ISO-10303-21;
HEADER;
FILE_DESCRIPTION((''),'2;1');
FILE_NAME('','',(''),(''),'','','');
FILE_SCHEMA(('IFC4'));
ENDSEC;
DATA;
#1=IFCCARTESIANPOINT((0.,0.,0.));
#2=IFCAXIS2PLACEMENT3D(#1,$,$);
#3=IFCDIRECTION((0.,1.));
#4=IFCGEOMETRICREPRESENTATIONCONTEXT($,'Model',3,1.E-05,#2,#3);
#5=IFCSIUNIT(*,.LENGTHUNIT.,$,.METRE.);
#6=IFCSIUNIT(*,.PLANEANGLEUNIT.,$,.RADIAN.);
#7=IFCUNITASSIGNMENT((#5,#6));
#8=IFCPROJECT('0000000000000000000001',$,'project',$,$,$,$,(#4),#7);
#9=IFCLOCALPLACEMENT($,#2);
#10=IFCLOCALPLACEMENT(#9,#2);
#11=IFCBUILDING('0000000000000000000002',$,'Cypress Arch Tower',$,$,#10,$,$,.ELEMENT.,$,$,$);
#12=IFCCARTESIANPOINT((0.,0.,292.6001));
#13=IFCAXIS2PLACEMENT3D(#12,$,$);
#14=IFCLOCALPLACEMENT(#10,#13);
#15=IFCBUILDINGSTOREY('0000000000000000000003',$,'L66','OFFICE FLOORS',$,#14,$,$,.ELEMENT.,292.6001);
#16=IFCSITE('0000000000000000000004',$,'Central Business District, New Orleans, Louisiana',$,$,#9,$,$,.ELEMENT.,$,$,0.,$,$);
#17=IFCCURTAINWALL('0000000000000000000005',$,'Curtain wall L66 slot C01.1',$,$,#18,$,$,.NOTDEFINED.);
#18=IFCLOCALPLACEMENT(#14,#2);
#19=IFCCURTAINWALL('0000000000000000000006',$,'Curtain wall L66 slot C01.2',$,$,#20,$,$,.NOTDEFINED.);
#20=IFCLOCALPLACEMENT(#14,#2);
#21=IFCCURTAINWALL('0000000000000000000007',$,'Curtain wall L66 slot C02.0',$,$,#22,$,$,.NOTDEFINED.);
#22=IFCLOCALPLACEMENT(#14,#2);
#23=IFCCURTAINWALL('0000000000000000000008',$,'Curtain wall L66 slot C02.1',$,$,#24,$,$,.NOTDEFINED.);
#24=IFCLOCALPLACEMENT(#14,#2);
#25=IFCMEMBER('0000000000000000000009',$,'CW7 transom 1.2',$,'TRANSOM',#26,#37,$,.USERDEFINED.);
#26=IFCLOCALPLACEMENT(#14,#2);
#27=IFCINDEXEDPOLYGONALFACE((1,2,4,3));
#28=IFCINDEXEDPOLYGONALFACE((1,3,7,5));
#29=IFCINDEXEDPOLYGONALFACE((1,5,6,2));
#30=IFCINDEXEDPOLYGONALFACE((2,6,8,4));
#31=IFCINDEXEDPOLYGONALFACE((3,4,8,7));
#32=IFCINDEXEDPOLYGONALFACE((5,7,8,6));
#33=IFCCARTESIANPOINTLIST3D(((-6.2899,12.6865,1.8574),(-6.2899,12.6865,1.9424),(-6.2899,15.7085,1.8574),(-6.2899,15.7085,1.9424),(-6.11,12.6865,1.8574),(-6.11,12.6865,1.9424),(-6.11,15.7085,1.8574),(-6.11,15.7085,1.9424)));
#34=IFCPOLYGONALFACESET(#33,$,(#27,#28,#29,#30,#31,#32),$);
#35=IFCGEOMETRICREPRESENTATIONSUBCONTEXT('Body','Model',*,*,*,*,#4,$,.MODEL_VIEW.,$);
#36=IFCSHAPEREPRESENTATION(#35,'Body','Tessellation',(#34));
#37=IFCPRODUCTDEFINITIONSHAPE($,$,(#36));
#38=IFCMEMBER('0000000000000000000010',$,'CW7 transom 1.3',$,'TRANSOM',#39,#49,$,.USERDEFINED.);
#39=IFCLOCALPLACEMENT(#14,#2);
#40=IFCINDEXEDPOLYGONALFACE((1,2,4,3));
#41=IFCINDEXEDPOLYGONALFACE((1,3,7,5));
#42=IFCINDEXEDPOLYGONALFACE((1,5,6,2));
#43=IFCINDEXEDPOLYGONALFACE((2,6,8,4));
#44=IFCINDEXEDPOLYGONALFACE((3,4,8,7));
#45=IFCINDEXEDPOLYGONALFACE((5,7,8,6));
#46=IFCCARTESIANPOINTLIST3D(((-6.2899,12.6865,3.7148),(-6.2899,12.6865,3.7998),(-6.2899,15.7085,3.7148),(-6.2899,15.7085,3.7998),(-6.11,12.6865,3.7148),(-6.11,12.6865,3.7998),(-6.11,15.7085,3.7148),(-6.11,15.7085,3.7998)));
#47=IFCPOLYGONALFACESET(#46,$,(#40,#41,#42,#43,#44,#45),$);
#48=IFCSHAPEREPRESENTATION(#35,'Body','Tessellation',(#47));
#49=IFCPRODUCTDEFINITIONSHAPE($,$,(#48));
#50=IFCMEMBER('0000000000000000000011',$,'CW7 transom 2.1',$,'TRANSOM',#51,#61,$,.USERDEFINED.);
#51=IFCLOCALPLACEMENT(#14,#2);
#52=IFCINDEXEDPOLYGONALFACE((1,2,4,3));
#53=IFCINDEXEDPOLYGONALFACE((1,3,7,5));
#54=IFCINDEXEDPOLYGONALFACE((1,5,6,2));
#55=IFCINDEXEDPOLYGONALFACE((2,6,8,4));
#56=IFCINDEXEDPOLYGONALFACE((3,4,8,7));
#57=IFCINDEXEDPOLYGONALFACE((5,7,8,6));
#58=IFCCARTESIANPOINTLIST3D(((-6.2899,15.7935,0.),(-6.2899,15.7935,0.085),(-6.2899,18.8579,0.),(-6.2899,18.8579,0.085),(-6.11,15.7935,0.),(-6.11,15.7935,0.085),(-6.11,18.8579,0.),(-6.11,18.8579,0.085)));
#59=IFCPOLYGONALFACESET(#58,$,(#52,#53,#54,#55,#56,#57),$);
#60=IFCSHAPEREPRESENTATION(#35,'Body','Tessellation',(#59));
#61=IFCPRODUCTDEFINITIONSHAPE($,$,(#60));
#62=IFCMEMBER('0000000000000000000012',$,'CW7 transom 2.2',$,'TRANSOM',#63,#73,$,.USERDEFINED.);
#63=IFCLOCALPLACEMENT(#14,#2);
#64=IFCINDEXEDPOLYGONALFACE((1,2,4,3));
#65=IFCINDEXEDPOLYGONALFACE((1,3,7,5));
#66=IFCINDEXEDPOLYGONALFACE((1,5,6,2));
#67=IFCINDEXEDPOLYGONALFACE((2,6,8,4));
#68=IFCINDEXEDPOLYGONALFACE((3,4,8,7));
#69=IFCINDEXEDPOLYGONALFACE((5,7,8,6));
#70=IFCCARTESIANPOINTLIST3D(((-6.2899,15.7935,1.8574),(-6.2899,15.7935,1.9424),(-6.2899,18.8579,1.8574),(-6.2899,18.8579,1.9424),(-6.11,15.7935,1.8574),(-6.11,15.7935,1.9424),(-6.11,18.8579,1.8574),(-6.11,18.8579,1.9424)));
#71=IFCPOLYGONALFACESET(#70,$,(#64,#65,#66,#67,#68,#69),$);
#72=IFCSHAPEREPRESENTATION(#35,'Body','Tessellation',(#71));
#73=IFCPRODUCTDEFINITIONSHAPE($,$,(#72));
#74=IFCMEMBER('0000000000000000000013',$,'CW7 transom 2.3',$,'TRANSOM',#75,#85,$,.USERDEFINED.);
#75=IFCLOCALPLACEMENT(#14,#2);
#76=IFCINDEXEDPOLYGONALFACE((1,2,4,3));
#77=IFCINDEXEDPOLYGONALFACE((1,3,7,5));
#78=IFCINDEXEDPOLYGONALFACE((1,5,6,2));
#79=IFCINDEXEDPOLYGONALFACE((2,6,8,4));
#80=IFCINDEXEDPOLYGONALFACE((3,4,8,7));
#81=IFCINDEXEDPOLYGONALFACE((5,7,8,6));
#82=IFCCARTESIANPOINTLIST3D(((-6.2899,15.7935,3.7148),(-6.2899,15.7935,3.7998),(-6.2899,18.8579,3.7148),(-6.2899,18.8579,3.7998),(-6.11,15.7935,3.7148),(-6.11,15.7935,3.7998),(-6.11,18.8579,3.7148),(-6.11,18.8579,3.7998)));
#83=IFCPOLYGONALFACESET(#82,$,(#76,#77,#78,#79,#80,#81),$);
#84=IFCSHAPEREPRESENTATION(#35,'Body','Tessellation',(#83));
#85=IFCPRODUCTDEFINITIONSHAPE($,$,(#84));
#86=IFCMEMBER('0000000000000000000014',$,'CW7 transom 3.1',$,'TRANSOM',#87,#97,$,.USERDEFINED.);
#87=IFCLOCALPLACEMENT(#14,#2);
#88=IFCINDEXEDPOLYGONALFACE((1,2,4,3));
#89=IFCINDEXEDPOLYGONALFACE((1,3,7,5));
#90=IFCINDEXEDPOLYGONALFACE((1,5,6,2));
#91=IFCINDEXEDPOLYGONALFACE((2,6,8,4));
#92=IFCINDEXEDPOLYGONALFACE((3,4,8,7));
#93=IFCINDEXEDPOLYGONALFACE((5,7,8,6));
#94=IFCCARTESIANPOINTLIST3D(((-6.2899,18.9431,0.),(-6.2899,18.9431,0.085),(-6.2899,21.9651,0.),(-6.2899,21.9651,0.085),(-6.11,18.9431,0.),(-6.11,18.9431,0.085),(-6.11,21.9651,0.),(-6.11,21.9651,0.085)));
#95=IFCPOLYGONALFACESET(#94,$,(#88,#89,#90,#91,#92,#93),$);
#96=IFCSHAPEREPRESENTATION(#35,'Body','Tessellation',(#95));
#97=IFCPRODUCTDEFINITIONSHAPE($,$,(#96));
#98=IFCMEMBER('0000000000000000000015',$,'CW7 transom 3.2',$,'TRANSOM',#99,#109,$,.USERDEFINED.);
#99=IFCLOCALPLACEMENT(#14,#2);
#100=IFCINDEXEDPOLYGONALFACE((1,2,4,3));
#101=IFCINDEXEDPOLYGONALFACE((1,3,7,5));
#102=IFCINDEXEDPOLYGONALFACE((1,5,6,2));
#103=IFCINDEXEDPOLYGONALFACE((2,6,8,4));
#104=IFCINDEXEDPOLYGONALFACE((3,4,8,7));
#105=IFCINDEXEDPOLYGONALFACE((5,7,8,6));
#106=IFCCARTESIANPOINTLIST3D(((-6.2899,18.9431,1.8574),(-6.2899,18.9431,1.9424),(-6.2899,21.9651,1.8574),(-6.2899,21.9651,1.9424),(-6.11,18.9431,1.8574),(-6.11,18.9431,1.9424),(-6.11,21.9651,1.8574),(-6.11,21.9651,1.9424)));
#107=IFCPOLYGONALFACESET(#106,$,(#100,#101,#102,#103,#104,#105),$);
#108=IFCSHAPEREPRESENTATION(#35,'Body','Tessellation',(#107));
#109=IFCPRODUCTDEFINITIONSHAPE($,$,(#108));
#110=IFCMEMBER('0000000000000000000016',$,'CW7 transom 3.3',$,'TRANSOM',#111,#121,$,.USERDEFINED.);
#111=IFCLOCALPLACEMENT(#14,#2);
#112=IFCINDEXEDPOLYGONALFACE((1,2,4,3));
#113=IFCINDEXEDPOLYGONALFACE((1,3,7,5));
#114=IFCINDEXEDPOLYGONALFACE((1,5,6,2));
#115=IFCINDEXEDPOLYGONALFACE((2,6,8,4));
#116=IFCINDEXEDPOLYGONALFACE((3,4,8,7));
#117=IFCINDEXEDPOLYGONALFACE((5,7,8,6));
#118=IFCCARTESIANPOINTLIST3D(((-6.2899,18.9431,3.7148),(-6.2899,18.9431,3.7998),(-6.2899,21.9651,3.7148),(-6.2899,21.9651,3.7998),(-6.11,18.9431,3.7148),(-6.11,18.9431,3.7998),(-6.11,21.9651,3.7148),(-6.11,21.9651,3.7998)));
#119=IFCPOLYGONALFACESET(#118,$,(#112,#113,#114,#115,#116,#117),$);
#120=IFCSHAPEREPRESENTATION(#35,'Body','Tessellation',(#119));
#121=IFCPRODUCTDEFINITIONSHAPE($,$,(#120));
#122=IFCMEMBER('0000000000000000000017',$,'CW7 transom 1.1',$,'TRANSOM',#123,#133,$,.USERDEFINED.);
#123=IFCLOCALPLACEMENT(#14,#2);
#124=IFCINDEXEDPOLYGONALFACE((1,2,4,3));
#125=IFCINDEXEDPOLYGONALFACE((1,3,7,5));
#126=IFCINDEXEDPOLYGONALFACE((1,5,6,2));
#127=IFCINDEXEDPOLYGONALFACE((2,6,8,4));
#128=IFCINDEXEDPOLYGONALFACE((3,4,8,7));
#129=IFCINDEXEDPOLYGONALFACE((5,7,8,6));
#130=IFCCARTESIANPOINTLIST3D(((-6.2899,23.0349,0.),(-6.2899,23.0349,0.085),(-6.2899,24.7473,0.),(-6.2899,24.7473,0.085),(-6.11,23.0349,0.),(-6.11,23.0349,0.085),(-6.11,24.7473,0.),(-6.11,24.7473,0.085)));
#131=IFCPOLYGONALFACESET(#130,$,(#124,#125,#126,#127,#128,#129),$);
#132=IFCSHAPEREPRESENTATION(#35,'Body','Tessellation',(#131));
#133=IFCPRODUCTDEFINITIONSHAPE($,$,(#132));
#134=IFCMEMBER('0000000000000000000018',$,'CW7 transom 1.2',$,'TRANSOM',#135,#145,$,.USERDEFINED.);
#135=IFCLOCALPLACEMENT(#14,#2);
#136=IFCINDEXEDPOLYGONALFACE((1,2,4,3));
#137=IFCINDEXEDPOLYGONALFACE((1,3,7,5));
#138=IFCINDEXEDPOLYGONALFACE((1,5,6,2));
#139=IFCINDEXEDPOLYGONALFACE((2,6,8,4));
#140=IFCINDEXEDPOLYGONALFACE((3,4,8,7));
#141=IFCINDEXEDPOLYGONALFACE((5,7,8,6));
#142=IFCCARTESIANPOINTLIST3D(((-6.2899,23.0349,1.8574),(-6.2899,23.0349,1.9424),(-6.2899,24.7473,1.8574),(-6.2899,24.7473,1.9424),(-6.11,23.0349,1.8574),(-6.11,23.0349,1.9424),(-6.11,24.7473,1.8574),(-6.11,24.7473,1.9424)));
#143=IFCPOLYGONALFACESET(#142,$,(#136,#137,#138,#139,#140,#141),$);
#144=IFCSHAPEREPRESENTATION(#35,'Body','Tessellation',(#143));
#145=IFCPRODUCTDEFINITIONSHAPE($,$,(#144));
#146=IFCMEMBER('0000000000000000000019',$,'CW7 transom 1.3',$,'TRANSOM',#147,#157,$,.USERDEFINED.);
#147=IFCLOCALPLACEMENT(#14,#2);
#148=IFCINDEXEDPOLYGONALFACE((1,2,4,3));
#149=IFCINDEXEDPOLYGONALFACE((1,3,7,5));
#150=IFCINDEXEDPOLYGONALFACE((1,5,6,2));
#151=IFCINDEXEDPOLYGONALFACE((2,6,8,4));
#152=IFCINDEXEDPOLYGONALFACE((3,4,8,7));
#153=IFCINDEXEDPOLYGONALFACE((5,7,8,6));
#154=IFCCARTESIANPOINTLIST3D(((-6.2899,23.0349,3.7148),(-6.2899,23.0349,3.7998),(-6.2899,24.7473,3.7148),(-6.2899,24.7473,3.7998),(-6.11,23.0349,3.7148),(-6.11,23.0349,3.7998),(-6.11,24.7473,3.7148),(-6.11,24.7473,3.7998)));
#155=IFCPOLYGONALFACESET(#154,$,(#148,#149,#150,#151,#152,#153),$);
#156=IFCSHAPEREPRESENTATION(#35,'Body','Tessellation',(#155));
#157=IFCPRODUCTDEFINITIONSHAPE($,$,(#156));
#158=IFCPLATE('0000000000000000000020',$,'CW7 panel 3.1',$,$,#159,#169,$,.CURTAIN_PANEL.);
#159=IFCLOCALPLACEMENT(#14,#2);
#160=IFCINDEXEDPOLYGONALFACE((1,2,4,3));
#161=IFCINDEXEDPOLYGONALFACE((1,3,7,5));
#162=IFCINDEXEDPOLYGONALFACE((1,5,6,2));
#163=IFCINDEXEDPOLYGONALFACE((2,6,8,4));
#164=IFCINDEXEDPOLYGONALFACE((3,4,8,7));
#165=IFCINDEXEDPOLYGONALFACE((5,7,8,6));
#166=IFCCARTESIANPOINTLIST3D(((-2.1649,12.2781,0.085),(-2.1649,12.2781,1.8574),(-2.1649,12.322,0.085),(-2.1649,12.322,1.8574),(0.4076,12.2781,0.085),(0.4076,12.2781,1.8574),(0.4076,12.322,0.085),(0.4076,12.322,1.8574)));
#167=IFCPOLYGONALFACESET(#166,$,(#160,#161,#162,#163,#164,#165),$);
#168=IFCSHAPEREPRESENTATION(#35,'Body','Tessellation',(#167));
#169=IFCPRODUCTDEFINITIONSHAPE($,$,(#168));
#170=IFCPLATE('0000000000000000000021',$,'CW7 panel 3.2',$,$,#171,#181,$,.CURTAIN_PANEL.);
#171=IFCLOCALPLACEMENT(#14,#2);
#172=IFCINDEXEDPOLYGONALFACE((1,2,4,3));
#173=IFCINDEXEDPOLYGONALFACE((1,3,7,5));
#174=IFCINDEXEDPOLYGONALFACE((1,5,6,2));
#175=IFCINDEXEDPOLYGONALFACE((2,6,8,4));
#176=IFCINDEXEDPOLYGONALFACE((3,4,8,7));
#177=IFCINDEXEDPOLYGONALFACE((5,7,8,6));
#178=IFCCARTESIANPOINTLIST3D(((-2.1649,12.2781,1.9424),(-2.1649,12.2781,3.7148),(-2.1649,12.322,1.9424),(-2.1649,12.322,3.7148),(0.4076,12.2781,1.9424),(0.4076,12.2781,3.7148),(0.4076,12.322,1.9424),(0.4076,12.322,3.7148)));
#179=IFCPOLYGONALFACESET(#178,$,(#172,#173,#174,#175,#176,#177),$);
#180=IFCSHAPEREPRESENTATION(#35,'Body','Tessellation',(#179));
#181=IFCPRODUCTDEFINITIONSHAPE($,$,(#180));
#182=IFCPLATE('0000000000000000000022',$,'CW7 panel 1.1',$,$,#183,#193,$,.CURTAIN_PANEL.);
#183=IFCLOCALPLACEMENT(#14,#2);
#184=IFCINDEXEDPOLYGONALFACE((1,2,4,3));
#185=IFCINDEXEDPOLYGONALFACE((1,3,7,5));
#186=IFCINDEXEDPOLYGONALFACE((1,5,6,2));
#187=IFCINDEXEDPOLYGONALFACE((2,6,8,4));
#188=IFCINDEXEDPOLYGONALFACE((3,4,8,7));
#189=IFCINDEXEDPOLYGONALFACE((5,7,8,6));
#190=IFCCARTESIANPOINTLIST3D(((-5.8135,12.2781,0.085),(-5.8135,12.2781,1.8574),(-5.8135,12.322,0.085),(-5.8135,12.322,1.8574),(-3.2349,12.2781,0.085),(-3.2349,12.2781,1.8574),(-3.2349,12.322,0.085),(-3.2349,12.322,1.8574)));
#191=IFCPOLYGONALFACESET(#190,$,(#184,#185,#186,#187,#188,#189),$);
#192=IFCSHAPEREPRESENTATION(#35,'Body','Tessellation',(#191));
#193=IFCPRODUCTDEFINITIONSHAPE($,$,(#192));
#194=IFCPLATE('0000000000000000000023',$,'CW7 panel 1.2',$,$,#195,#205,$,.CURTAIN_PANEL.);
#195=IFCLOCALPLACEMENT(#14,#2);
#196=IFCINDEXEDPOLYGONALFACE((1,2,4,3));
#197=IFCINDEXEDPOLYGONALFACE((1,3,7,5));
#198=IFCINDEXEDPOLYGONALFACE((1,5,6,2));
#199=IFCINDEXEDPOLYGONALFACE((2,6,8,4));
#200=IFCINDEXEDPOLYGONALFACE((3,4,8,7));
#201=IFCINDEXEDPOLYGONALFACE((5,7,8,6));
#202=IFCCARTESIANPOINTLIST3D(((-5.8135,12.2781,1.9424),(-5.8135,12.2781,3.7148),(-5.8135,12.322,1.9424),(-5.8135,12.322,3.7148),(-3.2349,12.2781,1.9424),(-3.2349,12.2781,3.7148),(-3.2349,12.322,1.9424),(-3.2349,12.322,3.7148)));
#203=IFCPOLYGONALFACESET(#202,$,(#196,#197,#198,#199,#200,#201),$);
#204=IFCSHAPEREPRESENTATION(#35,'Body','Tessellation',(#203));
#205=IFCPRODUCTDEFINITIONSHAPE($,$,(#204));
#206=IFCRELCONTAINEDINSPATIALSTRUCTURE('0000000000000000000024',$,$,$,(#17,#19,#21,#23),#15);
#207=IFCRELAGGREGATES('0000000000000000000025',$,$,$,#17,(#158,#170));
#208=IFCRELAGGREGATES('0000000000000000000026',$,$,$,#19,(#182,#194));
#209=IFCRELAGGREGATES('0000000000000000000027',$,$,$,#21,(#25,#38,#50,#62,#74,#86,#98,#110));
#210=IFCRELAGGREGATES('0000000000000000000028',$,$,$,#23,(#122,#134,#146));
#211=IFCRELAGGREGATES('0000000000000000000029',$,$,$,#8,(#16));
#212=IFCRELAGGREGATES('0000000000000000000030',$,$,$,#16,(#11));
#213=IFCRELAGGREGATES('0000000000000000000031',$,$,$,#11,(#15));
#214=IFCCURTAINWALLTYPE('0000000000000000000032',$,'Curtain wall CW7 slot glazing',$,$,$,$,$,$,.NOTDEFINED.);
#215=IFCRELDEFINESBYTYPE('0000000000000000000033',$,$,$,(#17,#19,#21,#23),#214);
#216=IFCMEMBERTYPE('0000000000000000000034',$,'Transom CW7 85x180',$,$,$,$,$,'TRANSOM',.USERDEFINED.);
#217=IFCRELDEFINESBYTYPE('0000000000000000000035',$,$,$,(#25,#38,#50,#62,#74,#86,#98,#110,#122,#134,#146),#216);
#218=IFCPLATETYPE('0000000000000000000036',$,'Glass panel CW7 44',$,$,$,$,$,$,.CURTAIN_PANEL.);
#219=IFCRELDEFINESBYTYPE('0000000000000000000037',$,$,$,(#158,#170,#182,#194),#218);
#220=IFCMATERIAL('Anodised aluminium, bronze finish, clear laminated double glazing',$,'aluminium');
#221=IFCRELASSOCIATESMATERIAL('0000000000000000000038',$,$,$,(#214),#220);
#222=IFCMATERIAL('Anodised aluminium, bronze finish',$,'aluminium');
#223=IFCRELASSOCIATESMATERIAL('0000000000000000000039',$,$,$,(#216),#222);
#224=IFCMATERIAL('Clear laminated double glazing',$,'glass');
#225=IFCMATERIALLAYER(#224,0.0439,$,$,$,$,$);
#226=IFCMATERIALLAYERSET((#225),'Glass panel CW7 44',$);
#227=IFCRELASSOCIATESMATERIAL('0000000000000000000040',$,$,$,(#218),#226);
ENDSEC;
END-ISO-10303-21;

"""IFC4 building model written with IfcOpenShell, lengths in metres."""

from ifc_helpers import new_model, si_unit, direction, frame, origin, origin_2d, place, context, subcontext, project, spatial, rectangle, extrude, material, layer, layer_set, material_profile, profile_set, type_object, element, aggregate, save


model = new_model("IFC4")

# Units and contexts
model_context = context("Model", 3, precision=1e-05, world=origin(), true_north=direction((0.0, 1.0)))
body_context = subcontext(model_context, "Body", "Model", "MODEL_VIEW")
ifc_project = project(units=[si_unit("LENGTHUNIT", "METRE"), si_unit("PLANEANGLEUNIT", "RADIAN")], contexts=[model_context])

# Site, building, storey
site_placement = place(None, origin())
site = spatial("IfcSite", under=ifc_project, at=site_placement, Name="Central Business District, New Orleans, Louisiana", CompositionType="ELEMENT", RefElevation=0.0)
building_placement = place(site_placement, origin())
building = spatial("IfcBuilding", under=site, at=building_placement, Name="Cypress Arch Tower", CompositionType="ELEMENT")
storey_placement = place(building_placement, frame((0.0, 0.0, 292.6001)))
storey = spatial("IfcBuildingStorey", under=building, at=storey_placement, Name="L66", Description="OFFICE FLOORS", CompositionType="ELEMENT", Elevation=292.6001)

# Curtain wall
ifc_material_1 = material(Name="Anodised aluminium, bronze finish, clear laminated double glazing", Category="aluminium")
curtain_wall_type = type_object("IfcCurtainWallType", Name="Curtain wall CW7 slot glazing", PredefinedType="NOTDEFINED", material=ifc_material_1)
curtain_wall_1_placement = place(storey_placement, origin())
curtain_wall_1 = element("IfcCurtainWall", 1, at=curtain_wall_1_placement, inside=storey, type_object=curtain_wall_type, Name="Curtain wall L66 slot C01.1", PredefinedType="NOTDEFINED")

# Curtain walls
curtain_wall_2_placement = place(storey_placement, origin())
curtain_wall_2 = element("IfcCurtainWall", 2, at=curtain_wall_2_placement, inside=storey, type_object=curtain_wall_type, Name="Curtain wall L66 slot C01.2", PredefinedType="NOTDEFINED")
curtain_wall_3_placement = place(storey_placement, origin())
curtain_wall_3 = element("IfcCurtainWall", 3, at=curtain_wall_3_placement, inside=storey, type_object=curtain_wall_type, Name="Curtain wall L66 slot C02.0", PredefinedType="NOTDEFINED")
curtain_wall_4_placement = place(storey_placement, origin())
curtain_wall_4 = element("IfcCurtainWall", 4, at=curtain_wall_4_placement, inside=storey, type_object=curtain_wall_type, Name="Curtain wall L66 slot C02.1", PredefinedType="NOTDEFINED")

# Members
ifc_material_2 = material(Name="Anodised aluminium, bronze finish", Category="aluminium")
ifc_material_profile_1 = material_profile(ifc_material_2, rectangle(XDim=0.1799, YDim=0.085, at=origin_2d()), Name="Transom 85x180")
ifc_profile_set_1 = profile_set([ifc_material_profile_1], Name="Anodised aluminium, bronze finish")
member_type_1 = type_object("IfcMemberType", Name="Transom CW7 85x180", ElementType="TRANSOM", PredefinedType="USERDEFINED", material=ifc_profile_set_1)
member_1_placement = place(storey_placement, frame((-6.2, 12.6865, 1.8999), z_axis=(0.0, 1.0, 0.0), x_axis=(-1.0, 0.0, 0.0)))
member_1 = element("IfcMember", 5, at=member_1_placement, type_object=member_type_1, Name="CW7 transom 1.2", ObjectType="TRANSOM", PredefinedType="USERDEFINED", context=body_context, shape_type="SweptSolid", body=[
    extrude(rectangle(XDim=0.1799, YDim=0.085, at=origin_2d()), origin(), (0.0, 0.0, 1.0), 3.022),
])
member_2_placement = place(storey_placement, frame((-6.2, 12.6865, 3.7573), z_axis=(0.0, 1.0, 0.0), x_axis=(-1.0, 0.0, 0.0)))
member_2 = element("IfcMember", 6, at=member_2_placement, type_object=member_type_1, Name="CW7 transom 1.3", ObjectType="TRANSOM", PredefinedType="USERDEFINED", context=body_context, shape_type="SweptSolid", body=[
    extrude(rectangle(XDim=0.1799, YDim=0.085, at=origin_2d()), origin(), (0.0, 0.0, 1.0), 3.022),
])
member_3_placement = place(storey_placement, frame((-6.2, 15.7935, 0.0425), z_axis=(0.0, 1.0, 0.0), x_axis=(-1.0, 0.0, 0.0)))
member_3 = element("IfcMember", 7, at=member_3_placement, type_object=member_type_1, Name="CW7 transom 2.1", ObjectType="TRANSOM", PredefinedType="USERDEFINED", context=body_context, shape_type="SweptSolid", body=[
    extrude(rectangle(XDim=0.1799, YDim=0.085, at=origin_2d()), origin(), (0.0, 0.0, 1.0), 3.0645),
])
member_4_placement = place(storey_placement, frame((-6.2, 15.7935, 1.8999), z_axis=(0.0, 1.0, 0.0), x_axis=(-1.0, 0.0, 0.0)))
member_4 = element("IfcMember", 8, at=member_4_placement, type_object=member_type_1, Name="CW7 transom 2.2", ObjectType="TRANSOM", PredefinedType="USERDEFINED", context=body_context, shape_type="SweptSolid", body=[
    extrude(rectangle(XDim=0.1799, YDim=0.085, at=origin_2d()), origin(), (0.0, 0.0, 1.0), 3.0645),
])
member_5_placement = place(storey_placement, frame((-6.2, 15.7935, 3.7573), z_axis=(0.0, 1.0, 0.0), x_axis=(-1.0, 0.0, 0.0)))
member_5 = element("IfcMember", 9, at=member_5_placement, type_object=member_type_1, Name="CW7 transom 2.3", ObjectType="TRANSOM", PredefinedType="USERDEFINED", context=body_context, shape_type="SweptSolid", body=[
    extrude(rectangle(XDim=0.1799, YDim=0.085, at=origin_2d()), origin(), (0.0, 0.0, 1.0), 3.0645),
])
member_6_placement = place(storey_placement, frame((-6.2, 18.9431, 0.0425), z_axis=(0.0, 1.0, 0.0), x_axis=(-1.0, 0.0, 0.0)))
member_6 = element("IfcMember", 10, at=member_6_placement, type_object=member_type_1, Name="CW7 transom 3.1", ObjectType="TRANSOM", PredefinedType="USERDEFINED", context=body_context, shape_type="SweptSolid", body=[
    extrude(rectangle(XDim=0.1799, YDim=0.085, at=origin_2d()), origin(), (0.0, 0.0, 1.0), 3.022),
])
member_7_placement = place(storey_placement, frame((-6.2, 18.9431, 1.8999), z_axis=(0.0, 1.0, 0.0), x_axis=(-1.0, 0.0, 0.0)))
member_7 = element("IfcMember", 11, at=member_7_placement, type_object=member_type_1, Name="CW7 transom 3.2", ObjectType="TRANSOM", PredefinedType="USERDEFINED", context=body_context, shape_type="SweptSolid", body=[
    extrude(rectangle(XDim=0.1799, YDim=0.085, at=origin_2d()), origin(), (0.0, 0.0, 1.0), 3.022),
])
member_8_placement = place(storey_placement, frame((-6.2, 18.9431, 3.7573), z_axis=(0.0, 1.0, 0.0), x_axis=(-1.0, 0.0, 0.0)))
member_8 = element("IfcMember", 12, at=member_8_placement, type_object=member_type_1, Name="CW7 transom 3.3", ObjectType="TRANSOM", PredefinedType="USERDEFINED", context=body_context, shape_type="SweptSolid", body=[
    extrude(rectangle(XDim=0.1799, YDim=0.085, at=origin_2d()), origin(), (0.0, 0.0, 1.0), 3.022),
])
member_9_placement = place(storey_placement, frame((-6.2, 23.0349, 0.0425), z_axis=(0.0, 1.0, 0.0), x_axis=(-1.0, 0.0, 0.0)))
member_9 = element("IfcMember", 13, at=member_9_placement, type_object=member_type_1, Name="CW7 transom 1.1", ObjectType="TRANSOM", PredefinedType="USERDEFINED", context=body_context, shape_type="SweptSolid", body=[
    extrude(rectangle(XDim=0.1799, YDim=0.085, at=origin_2d()), origin(), (0.0, 0.0, 1.0), 1.7124),
])
member_10_placement = place(storey_placement, frame((-6.2, 23.0349, 1.8999), z_axis=(0.0, 1.0, 0.0), x_axis=(-1.0, 0.0, 0.0)))
member_10 = element("IfcMember", 14, at=member_10_placement, type_object=member_type_1, Name="CW7 transom 1.2", ObjectType="TRANSOM", PredefinedType="USERDEFINED", context=body_context, shape_type="SweptSolid", body=[
    extrude(rectangle(XDim=0.1799, YDim=0.085, at=origin_2d()), origin(), (0.0, 0.0, 1.0), 1.7124),
])
member_11_placement = place(storey_placement, frame((-6.2, 23.0349, 3.7573), z_axis=(0.0, 1.0, 0.0), x_axis=(-1.0, 0.0, 0.0)))
member_11 = element("IfcMember", 15, at=member_11_placement, type_object=member_type_1, Name="CW7 transom 1.3", ObjectType="TRANSOM", PredefinedType="USERDEFINED", context=body_context, shape_type="SweptSolid", body=[
    extrude(rectangle(XDim=0.1799, YDim=0.085, at=origin_2d()), origin(), (0.0, 0.0, 1.0), 1.7124),
])

# Plates
ifc_material_3 = material(Name="Clear laminated double glazing", Category="glass")
ifc_layer_1 = layer(ifc_material_3, 0.0439)
ifc_layer_set_1 = layer_set([ifc_layer_1], Name="Glass panel CW7 44")
plate_type = type_object("IfcPlateType", Name="Glass panel CW7 44", PredefinedType="CURTAIN_PANEL", material=ifc_layer_set_1)
plate_1_placement = place(storey_placement, frame((-0.8787, 12.3, 0.085), z_axis=(0.0, 0.0, 1.0), x_axis=(-1.0, 0.0, 0.0)))
plate_1 = element("IfcPlate", 16, at=plate_1_placement, type_object=plate_type, Name="CW7 panel 3.1", PredefinedType="CURTAIN_PANEL", context=body_context, shape_type="SweptSolid", body=[
    extrude(rectangle(XDim=2.5725, YDim=0.0439, at=origin_2d()), origin(), (0.0, 0.0, 1.0), 1.7725),
])
plate_2_placement = place(storey_placement, frame((-0.8787, 12.3, 1.9424), z_axis=(0.0, 0.0, 1.0), x_axis=(-1.0, 0.0, 0.0)))
plate_2 = element("IfcPlate", 17, at=plate_2_placement, type_object=plate_type, Name="CW7 panel 3.2", PredefinedType="CURTAIN_PANEL", context=body_context, shape_type="SweptSolid", body=[
    extrude(rectangle(XDim=2.5725, YDim=0.0439, at=origin_2d()), origin(), (0.0, 0.0, 1.0), 1.7725),
])
aggregate(curtain_wall_1, [plate_1, plate_2])
plate_3_placement = place(storey_placement, frame((-4.5242, 12.3, 0.085), z_axis=(0.0, 0.0, 1.0), x_axis=(-1.0, 0.0, 0.0)))
plate_3 = element("IfcPlate", 18, at=plate_3_placement, type_object=plate_type, Name="CW7 panel 1.1", PredefinedType="CURTAIN_PANEL", context=body_context, shape_type="SweptSolid", body=[
    extrude(rectangle(XDim=2.5786, YDim=0.0439, at=origin_2d()), origin(), (0.0, 0.0, 1.0), 1.7725),
])
plate_4_placement = place(storey_placement, frame((-4.5242, 12.3, 1.9424), z_axis=(0.0, 0.0, 1.0), x_axis=(-1.0, 0.0, 0.0)))
plate_4 = element("IfcPlate", 19, at=plate_4_placement, type_object=plate_type, Name="CW7 panel 1.2", PredefinedType="CURTAIN_PANEL", context=body_context, shape_type="SweptSolid", body=[
    extrude(rectangle(XDim=2.5786, YDim=0.0439, at=origin_2d()), origin(), (0.0, 0.0, 1.0), 1.7725),
])
aggregate(curtain_wall_2, [plate_3, plate_4])
aggregate(curtain_wall_3, [member_1, member_2, member_3, member_4, member_5, member_6, member_7, member_8])
aggregate(curtain_wall_4, [member_9, member_10, member_11])

save(model, "model.ifc")
